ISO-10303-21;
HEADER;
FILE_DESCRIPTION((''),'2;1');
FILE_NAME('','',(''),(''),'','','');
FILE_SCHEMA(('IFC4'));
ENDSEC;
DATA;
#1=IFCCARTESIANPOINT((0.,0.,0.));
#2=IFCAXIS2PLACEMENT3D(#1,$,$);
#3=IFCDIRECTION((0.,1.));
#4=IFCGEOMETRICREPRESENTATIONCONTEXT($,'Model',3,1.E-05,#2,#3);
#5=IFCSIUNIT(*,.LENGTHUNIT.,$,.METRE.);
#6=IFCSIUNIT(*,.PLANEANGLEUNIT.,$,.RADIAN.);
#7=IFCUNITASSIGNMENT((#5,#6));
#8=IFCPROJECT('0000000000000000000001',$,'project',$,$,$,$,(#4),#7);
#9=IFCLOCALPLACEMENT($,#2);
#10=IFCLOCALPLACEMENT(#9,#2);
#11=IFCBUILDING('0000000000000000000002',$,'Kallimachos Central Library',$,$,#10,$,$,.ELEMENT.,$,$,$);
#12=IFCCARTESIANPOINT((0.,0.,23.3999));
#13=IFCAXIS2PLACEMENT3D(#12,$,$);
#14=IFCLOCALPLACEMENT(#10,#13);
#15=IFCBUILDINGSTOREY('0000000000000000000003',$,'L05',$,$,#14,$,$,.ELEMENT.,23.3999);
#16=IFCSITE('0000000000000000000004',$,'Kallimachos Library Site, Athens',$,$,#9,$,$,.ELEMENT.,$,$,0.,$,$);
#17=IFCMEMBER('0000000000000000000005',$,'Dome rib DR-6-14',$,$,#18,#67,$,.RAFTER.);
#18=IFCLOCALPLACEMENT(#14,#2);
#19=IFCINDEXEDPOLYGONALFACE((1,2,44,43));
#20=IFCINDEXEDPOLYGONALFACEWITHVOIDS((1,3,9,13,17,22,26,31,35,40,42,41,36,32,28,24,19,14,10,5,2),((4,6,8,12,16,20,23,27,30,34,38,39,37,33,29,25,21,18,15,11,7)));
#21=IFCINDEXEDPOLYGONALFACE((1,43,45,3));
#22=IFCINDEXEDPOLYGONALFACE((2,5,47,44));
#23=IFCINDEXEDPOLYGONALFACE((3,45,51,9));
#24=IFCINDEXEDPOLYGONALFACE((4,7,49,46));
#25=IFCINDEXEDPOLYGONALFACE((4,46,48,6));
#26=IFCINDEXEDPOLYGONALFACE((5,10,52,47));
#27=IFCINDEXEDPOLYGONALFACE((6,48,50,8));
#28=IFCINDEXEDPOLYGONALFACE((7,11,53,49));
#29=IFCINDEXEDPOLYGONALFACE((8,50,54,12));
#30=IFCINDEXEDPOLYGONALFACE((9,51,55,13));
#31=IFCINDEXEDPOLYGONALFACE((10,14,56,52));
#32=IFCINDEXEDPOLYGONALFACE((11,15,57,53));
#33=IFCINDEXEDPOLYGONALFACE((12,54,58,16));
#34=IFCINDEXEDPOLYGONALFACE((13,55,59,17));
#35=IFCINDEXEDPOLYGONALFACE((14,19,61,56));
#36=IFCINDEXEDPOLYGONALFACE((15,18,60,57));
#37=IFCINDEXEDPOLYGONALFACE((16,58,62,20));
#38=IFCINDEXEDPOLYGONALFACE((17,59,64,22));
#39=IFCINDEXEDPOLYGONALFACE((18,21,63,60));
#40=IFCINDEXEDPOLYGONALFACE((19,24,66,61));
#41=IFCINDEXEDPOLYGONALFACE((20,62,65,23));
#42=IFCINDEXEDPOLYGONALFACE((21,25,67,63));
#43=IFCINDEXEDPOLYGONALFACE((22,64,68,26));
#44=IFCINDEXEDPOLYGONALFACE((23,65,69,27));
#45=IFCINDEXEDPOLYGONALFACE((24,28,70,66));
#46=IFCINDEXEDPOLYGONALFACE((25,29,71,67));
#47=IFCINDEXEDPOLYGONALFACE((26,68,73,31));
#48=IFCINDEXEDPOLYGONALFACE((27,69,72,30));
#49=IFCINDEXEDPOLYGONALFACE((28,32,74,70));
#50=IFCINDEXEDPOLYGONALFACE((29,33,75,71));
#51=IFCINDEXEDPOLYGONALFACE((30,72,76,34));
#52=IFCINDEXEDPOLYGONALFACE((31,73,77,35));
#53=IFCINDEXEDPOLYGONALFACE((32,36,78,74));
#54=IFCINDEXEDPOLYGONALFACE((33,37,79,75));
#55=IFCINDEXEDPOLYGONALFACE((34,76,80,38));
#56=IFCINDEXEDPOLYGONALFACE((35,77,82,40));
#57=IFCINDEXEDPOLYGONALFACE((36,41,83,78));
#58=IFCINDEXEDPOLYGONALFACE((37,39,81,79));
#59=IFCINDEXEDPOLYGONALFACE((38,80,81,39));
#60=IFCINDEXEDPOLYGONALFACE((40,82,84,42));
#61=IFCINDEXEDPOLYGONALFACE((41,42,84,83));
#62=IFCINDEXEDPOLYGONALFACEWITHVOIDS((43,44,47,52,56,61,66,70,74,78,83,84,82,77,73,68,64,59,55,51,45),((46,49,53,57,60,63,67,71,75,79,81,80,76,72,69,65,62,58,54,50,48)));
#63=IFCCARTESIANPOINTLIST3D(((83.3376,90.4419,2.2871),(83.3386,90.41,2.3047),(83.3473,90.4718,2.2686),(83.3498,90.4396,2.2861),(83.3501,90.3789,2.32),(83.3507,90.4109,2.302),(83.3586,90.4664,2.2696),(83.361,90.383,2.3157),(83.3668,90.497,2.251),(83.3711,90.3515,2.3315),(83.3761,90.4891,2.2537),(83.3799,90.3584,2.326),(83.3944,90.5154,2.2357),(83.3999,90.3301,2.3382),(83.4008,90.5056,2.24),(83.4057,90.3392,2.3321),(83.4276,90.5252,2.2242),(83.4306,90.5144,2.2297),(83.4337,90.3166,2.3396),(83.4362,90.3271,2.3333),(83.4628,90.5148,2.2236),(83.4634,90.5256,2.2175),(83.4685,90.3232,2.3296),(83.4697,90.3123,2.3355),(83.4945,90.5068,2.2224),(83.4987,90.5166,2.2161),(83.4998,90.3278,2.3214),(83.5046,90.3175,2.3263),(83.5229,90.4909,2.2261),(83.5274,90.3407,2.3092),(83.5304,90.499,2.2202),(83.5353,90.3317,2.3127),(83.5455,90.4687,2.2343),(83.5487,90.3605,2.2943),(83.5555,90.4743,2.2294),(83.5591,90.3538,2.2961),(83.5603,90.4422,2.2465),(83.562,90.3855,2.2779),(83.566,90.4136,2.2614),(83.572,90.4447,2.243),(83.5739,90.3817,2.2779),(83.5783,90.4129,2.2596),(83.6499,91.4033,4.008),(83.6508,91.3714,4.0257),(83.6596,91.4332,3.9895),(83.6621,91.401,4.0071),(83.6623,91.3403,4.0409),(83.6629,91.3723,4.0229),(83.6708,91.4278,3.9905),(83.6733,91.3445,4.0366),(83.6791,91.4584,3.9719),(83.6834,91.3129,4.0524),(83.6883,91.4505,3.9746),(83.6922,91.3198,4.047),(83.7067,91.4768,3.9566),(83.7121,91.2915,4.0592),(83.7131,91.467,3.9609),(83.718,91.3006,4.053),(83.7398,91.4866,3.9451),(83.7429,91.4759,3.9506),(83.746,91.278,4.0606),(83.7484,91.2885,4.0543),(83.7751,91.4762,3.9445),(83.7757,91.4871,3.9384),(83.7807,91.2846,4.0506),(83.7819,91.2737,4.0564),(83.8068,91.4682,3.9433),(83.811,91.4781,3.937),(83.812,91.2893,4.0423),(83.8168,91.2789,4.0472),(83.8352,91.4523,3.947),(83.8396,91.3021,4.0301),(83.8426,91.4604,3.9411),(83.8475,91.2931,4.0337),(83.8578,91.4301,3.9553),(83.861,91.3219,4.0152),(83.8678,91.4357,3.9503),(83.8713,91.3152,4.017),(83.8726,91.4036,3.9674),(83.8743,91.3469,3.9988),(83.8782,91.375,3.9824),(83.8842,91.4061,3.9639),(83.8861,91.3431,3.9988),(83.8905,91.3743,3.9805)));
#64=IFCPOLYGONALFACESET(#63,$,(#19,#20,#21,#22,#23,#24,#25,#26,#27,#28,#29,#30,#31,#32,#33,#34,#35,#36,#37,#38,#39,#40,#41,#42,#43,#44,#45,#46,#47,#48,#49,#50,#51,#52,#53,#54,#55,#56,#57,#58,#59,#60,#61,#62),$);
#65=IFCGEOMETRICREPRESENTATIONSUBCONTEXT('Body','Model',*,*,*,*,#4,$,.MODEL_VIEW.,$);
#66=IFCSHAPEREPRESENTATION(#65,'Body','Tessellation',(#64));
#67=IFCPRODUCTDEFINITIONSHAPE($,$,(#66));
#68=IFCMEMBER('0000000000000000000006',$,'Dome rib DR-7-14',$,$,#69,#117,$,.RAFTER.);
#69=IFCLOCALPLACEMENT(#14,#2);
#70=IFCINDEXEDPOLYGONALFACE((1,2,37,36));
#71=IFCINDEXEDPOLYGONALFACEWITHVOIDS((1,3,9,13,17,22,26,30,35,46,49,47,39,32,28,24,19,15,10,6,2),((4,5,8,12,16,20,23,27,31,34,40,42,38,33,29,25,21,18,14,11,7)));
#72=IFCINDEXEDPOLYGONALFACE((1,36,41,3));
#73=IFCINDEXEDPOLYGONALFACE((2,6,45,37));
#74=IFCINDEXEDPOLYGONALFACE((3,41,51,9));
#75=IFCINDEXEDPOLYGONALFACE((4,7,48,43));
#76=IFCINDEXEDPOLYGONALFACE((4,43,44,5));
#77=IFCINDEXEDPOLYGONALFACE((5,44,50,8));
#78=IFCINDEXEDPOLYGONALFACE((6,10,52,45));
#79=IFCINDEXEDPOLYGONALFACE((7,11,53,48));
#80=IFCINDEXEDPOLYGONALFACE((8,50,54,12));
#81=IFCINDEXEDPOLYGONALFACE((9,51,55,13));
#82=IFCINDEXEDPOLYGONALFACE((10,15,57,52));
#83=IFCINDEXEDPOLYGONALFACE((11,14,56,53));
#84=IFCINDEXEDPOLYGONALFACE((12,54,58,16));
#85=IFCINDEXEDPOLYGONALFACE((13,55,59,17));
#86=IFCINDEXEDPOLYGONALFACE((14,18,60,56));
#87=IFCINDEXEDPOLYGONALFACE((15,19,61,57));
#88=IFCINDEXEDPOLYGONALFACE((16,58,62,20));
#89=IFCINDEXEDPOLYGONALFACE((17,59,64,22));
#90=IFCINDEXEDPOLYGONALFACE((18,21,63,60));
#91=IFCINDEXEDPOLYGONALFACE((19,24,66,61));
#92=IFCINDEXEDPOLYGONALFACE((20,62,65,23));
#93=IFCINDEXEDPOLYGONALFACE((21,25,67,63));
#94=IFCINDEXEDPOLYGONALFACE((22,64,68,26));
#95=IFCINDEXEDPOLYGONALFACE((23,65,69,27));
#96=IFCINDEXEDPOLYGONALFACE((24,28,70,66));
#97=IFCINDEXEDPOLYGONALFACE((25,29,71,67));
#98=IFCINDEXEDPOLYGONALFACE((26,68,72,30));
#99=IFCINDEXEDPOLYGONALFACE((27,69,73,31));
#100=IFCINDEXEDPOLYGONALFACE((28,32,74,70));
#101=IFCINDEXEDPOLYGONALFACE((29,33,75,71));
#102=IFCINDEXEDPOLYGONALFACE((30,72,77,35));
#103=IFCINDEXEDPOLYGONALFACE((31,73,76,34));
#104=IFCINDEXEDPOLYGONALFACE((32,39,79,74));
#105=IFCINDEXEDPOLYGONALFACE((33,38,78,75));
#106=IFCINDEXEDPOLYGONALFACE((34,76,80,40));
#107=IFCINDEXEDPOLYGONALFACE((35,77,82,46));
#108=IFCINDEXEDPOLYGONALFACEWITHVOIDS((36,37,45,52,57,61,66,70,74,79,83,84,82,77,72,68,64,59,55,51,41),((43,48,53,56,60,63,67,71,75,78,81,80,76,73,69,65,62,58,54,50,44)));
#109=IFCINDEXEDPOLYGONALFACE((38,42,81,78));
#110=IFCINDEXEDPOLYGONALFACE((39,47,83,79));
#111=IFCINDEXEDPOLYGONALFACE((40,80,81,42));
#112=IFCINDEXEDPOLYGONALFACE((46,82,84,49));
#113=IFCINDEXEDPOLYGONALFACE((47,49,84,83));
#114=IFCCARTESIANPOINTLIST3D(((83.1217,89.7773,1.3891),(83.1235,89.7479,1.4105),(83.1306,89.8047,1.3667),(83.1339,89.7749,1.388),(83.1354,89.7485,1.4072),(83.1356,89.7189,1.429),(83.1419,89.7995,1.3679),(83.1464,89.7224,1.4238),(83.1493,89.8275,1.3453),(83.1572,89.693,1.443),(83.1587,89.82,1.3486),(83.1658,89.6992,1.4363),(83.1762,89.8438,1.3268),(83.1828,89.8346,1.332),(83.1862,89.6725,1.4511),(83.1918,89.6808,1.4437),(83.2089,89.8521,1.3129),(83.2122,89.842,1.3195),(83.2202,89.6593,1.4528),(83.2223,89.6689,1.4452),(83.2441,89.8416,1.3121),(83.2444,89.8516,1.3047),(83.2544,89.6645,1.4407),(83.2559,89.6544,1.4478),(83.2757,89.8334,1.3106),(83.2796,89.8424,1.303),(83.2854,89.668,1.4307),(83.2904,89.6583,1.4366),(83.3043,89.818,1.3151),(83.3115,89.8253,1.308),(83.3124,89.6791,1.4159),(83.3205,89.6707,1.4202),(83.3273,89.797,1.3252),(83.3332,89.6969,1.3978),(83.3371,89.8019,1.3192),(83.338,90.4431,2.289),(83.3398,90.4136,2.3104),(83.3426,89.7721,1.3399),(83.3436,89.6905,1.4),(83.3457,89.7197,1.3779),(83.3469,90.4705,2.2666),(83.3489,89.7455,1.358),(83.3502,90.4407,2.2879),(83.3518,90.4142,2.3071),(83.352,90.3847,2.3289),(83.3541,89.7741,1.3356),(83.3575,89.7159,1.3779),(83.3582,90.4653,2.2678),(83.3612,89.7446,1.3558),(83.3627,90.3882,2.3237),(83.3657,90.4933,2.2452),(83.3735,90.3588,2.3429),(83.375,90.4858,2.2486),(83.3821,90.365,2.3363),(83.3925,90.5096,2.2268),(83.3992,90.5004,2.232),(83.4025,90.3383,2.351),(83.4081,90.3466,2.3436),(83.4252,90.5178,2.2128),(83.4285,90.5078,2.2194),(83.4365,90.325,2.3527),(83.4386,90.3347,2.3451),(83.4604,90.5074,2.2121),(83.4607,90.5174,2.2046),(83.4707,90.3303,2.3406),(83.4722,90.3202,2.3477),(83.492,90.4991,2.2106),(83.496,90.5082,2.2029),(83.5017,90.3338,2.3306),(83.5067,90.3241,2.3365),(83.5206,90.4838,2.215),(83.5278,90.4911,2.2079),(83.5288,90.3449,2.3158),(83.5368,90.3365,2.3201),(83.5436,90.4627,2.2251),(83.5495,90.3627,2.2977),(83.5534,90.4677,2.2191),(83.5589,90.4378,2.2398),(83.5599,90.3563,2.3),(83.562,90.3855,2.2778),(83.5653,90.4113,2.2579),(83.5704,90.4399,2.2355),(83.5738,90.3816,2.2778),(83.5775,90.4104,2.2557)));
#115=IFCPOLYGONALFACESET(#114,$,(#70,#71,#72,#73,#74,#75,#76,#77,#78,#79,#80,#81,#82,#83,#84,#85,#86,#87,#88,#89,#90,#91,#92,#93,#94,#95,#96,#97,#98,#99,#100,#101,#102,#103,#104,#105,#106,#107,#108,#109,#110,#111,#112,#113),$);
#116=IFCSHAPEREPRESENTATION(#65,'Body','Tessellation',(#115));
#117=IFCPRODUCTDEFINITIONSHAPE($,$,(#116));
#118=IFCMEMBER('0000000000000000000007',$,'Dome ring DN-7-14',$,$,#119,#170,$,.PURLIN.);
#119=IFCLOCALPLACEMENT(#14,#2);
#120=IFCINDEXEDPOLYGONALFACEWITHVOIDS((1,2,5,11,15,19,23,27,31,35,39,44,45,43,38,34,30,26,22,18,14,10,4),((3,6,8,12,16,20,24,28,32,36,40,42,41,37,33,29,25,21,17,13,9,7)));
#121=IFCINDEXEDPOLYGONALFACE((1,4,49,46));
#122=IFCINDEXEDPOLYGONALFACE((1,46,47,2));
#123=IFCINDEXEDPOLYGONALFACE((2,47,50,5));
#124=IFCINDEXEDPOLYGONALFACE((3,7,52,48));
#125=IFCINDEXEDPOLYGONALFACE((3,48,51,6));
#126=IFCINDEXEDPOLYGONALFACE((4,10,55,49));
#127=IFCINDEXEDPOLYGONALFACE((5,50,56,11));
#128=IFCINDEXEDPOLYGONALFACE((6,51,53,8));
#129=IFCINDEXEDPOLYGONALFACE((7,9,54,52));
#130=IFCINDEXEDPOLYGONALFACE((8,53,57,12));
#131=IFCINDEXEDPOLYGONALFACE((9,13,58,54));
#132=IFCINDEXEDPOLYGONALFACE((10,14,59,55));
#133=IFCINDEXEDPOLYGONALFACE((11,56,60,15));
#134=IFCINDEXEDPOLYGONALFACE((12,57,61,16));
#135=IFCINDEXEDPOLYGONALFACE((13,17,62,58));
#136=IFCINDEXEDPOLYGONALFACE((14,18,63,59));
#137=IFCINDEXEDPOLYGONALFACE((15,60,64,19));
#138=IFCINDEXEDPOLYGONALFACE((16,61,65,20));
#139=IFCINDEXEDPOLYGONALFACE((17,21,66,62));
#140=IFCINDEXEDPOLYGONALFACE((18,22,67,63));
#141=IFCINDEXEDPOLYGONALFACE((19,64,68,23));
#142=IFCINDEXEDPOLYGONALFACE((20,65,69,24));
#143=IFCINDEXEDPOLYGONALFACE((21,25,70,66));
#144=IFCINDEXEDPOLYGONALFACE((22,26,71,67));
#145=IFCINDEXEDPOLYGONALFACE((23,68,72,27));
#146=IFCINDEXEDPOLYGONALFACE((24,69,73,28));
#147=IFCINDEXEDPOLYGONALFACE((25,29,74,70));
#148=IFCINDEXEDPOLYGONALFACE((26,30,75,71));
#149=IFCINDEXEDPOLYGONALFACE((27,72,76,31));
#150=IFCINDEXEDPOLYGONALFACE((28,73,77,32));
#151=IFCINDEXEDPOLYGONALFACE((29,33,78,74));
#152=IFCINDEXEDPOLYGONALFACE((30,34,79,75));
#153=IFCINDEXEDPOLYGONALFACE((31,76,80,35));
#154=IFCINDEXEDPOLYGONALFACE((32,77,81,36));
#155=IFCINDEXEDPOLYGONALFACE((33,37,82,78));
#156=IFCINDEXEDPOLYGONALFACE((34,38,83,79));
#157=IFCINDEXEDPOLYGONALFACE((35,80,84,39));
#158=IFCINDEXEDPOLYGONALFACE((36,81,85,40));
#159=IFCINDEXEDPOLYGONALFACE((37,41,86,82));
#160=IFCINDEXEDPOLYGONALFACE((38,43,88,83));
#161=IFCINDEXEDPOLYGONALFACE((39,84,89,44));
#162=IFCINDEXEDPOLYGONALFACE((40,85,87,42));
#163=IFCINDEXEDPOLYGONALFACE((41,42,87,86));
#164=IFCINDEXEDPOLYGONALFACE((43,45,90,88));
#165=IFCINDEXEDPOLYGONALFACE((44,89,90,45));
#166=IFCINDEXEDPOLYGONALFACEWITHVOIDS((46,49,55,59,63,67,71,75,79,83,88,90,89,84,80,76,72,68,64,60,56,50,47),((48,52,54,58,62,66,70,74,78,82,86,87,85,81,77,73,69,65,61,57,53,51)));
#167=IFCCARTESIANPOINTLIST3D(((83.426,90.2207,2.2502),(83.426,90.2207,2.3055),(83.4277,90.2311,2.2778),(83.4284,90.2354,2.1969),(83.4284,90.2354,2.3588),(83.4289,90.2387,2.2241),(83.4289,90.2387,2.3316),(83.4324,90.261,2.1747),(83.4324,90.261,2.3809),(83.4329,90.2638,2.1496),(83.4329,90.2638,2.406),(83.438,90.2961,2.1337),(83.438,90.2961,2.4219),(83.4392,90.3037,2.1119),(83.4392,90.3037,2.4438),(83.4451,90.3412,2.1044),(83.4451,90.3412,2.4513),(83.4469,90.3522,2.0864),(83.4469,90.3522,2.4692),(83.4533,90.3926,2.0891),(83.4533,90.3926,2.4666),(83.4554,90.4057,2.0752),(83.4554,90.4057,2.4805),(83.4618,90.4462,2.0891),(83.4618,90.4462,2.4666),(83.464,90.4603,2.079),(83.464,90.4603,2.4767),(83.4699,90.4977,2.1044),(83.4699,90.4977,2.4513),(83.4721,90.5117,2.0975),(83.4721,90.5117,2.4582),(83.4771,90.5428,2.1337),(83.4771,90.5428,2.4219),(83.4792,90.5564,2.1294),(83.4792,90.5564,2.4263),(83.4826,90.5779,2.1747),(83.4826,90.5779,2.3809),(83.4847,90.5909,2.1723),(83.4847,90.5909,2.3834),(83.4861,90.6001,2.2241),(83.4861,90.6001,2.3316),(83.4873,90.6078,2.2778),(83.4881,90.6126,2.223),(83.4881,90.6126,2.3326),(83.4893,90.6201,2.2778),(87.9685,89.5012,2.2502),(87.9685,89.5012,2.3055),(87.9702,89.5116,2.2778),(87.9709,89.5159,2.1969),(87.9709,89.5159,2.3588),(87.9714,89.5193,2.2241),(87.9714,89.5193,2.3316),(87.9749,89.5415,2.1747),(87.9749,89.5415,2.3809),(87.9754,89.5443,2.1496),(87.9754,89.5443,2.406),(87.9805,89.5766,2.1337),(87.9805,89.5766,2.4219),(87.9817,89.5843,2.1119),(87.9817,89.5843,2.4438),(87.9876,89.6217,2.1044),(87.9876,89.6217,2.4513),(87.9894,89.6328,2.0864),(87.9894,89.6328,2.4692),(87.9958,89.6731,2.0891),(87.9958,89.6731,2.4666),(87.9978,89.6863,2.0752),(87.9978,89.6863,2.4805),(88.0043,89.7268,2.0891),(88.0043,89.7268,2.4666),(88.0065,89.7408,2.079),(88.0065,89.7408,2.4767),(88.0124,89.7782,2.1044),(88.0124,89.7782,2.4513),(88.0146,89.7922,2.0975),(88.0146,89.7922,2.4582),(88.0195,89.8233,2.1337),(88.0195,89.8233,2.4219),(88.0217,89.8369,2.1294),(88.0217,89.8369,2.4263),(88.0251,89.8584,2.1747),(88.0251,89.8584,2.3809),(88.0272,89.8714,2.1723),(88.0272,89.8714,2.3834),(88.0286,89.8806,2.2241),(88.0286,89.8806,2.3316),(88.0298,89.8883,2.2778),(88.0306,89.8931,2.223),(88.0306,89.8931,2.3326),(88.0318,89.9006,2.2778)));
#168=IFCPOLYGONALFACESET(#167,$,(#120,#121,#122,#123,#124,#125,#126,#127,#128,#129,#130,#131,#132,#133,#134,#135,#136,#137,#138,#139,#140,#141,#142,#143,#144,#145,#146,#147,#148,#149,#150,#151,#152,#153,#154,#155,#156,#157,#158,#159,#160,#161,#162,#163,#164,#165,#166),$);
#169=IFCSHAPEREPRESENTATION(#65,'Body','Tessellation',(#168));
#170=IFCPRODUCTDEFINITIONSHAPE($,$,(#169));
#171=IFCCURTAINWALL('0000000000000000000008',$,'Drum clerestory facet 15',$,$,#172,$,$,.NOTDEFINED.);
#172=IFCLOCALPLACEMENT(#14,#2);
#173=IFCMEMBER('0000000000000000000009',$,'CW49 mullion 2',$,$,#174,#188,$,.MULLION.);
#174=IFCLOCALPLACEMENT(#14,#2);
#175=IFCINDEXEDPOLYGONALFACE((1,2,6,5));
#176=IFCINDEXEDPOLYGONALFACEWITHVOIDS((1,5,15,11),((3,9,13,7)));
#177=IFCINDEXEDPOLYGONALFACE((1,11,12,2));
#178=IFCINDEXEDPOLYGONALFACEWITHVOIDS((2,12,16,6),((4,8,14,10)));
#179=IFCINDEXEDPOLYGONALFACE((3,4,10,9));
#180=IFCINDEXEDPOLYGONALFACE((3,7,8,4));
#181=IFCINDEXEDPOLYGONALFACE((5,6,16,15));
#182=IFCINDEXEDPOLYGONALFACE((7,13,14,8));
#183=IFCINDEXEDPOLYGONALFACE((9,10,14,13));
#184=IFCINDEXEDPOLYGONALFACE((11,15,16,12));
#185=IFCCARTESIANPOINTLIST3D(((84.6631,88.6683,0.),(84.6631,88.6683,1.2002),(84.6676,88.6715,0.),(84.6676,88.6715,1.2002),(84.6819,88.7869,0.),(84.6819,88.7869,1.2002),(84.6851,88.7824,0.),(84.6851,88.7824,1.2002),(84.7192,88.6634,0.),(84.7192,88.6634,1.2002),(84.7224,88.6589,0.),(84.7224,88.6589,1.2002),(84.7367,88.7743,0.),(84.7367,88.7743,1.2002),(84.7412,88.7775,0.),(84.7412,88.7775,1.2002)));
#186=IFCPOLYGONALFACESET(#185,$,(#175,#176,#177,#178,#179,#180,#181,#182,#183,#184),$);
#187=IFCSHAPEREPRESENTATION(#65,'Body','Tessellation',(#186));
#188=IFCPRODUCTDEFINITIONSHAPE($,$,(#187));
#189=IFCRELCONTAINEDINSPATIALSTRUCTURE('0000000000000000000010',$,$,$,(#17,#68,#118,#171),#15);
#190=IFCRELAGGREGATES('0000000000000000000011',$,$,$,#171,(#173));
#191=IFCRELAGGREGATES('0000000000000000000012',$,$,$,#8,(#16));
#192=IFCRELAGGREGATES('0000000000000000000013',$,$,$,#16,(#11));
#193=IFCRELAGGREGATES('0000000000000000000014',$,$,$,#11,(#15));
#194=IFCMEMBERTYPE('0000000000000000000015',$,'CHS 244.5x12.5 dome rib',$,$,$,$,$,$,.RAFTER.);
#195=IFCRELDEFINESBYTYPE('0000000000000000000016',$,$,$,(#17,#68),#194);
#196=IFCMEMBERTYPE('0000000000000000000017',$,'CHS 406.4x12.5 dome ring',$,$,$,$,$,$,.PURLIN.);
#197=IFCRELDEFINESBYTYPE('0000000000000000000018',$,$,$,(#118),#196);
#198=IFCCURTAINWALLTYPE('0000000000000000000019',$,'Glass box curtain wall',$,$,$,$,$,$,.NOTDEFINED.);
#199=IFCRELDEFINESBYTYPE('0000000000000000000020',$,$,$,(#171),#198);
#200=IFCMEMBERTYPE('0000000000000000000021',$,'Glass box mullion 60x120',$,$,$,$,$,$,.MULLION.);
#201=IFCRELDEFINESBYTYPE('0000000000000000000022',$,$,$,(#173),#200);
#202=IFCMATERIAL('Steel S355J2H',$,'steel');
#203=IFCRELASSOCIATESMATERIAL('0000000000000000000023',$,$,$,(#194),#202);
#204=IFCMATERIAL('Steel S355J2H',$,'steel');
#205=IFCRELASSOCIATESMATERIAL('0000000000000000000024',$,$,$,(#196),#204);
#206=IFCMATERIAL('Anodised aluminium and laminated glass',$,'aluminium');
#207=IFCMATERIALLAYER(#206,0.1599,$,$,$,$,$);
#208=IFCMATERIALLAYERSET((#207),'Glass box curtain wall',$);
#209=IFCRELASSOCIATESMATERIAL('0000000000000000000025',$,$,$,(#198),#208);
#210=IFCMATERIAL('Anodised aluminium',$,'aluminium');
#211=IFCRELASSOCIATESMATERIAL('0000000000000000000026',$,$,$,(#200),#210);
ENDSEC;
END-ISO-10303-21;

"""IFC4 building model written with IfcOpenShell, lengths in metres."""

from ifc_helpers import new_model, si_unit, direction, frame, origin, origin_2d, place, context, subcontext, project, spatial, hollow_rectangle, hollow_circle, extrude, material, layer, layer_set, material_profile, profile_set, type_object, element, aggregate, save


model = new_model("IFC4")

# Units and contexts
model_context = context("Model", 3, precision=1e-05, world=origin(), true_north=direction((0.0, 1.0)))
body_context = subcontext(model_context, "Body", "Model", "MODEL_VIEW")
ifc_project = project(units=[si_unit("LENGTHUNIT", "METRE"), si_unit("PLANEANGLEUNIT", "RADIAN")], contexts=[model_context])

# Site, building, storey
site_placement = place(None, origin())
site = spatial("IfcSite", under=ifc_project, at=site_placement, Name="Kallimachos Library Site, Athens", CompositionType="ELEMENT", RefElevation=0.0)
building_placement = place(site_placement, origin())
building = spatial("IfcBuilding", under=site, at=building_placement, Name="Kallimachos Central Library", CompositionType="ELEMENT")
storey_placement = place(building_placement, frame((0.0, 0.0, 23.3999)))
storey = spatial("IfcBuildingStorey", under=building, at=storey_placement, Name="L05", CompositionType="ELEMENT", Elevation=23.3999)

# Members
ifc_material_1 = material(Name="Steel S355J2H", Category="steel")
ifc_material_profile_1 = material_profile(ifc_material_1, hollow_circle(Radius=0.1223, WallThickness=0.0125, at=origin_2d()), Name="CHS 244.5x12.5")
ifc_profile_set_1 = profile_set([ifc_material_profile_1], Name="Steel S355J2H")
member_type_1 = type_object("IfcMemberType", Name="CHS 244.5x12.5 dome rib", PredefinedType="RAFTER", material=ifc_profile_set_1)
member_1_placement = place(storey_placement, frame((83.7698, 91.3809, 3.9988), z_axis=(-0.156451, -0.481707, -0.862254), x_axis=(0.951094, -0.3089, 0.0)))
element("IfcMember", 1, at=member_1_placement, inside=storey, type_object=member_type_1, Name="Dome rib DR-6-14", PredefinedType="RAFTER", context=body_context, shape_type="SweptSolid", body=[
    extrude(hollow_circle(Radius=0.1223, WallThickness=0.0125, at=origin_2d()), origin(), (0.0, 0.0, 1.0), 1.9958),
])
member_2_placement = place(storey_placement, frame((83.4575, 90.4194, 2.2778), z_axis=(-0.189725, -0.58395, -0.789307), x_axis=(0.951062, -0.308999, 0.0)))
element("IfcMember", 2, at=member_2_placement, inside=storey, type_object=member_type_1, Name="Dome rib DR-7-14", PredefinedType="RAFTER", context=body_context, shape_type="SweptSolid", body=[
    extrude(hollow_circle(Radius=0.1223, WallThickness=0.0125, at=origin_2d()), origin(), (0.0, 0.0, 1.0), 1.1401),
])
ifc_material_2 = material(Name="Steel S355J2H", Category="steel")
ifc_material_profile_2 = material_profile(ifc_material_2, hollow_circle(Radius=0.2031, WallThickness=0.0125, at=origin_2d()), Name="CHS 406.4x12.5")
ifc_profile_set_2 = profile_set([ifc_material_profile_2], Name="Steel S355J2H")
member_type_2 = type_object("IfcMemberType", Name="CHS 406.4x12.5 dome ring", PredefinedType="PURLIN", material=ifc_profile_set_2)
member_3_placement = place(storey_placement, frame((83.4575, 90.4194, 2.2778), z_axis=(0.987688, -0.15644, 0.0), x_axis=(0.15644, 0.987688, 0.0)))
element("IfcMember", 3, at=member_3_placement, inside=storey, type_object=member_type_2, Name="Dome ring DN-7-14", PredefinedType="PURLIN", context=body_context, shape_type="SweptSolid", body=[
    extrude(hollow_circle(Radius=0.2031, WallThickness=0.0125, at=origin_2d()), origin(), (0.0, 0.0, 1.0), 4.5991),
])

# Curtain wall, member
ifc_material_3 = material(Name="Anodised aluminium and laminated glass", Category="aluminium")
ifc_layer_1 = layer(ifc_material_3, 0.1599)
ifc_layer_set_1 = layer_set([ifc_layer_1], Name="Glass box curtain wall")
curtain_wall_type = type_object("IfcCurtainWallType", Name="Glass box curtain wall", PredefinedType="NOTDEFINED", material=ifc_layer_set_1)
curtain_wall_placement = place(storey_placement, origin())
curtain_wall = element("IfcCurtainWall", 4, at=curtain_wall_placement, inside=storey, type_object=curtain_wall_type, Name="Drum clerestory facet 15", PredefinedType="NOTDEFINED")
ifc_material_4 = material(Name="Anodised aluminium", Category="aluminium")
ifc_material_profile_3 = material_profile(ifc_material_4, hollow_rectangle(XDim=0.0601, YDim=0.1201, WallThickness=0.0039, at=origin_2d()), Name="ALU MULLION 60x120")
ifc_profile_set_3 = profile_set([ifc_material_profile_3], Name="Anodised aluminium")
member_type_3 = type_object("IfcMemberType", Name="Glass box mullion 60x120", PredefinedType="MULLION", material=ifc_profile_set_3)
member_4_placement = place(storey_placement, frame((84.7021, 88.7229, 0.0), z_axis=(0.0, 0.0, 1.0), x_axis=(0.987688, -0.156435, 0.0)))
member_4 = element("IfcMember", 5, at=member_4_placement, type_object=member_type_3, Name="CW49 mullion 2", PredefinedType="MULLION", context=body_context, shape_type="SweptSolid", body=[
    extrude(hollow_rectangle(XDim=0.0601, YDim=0.1201, WallThickness=0.0039, at=origin_2d()), origin(), (0.0, 0.0, 1.0), 1.2002),
])

aggregate(curtain_wall, [member_4])

save(model, "model.ifc")
